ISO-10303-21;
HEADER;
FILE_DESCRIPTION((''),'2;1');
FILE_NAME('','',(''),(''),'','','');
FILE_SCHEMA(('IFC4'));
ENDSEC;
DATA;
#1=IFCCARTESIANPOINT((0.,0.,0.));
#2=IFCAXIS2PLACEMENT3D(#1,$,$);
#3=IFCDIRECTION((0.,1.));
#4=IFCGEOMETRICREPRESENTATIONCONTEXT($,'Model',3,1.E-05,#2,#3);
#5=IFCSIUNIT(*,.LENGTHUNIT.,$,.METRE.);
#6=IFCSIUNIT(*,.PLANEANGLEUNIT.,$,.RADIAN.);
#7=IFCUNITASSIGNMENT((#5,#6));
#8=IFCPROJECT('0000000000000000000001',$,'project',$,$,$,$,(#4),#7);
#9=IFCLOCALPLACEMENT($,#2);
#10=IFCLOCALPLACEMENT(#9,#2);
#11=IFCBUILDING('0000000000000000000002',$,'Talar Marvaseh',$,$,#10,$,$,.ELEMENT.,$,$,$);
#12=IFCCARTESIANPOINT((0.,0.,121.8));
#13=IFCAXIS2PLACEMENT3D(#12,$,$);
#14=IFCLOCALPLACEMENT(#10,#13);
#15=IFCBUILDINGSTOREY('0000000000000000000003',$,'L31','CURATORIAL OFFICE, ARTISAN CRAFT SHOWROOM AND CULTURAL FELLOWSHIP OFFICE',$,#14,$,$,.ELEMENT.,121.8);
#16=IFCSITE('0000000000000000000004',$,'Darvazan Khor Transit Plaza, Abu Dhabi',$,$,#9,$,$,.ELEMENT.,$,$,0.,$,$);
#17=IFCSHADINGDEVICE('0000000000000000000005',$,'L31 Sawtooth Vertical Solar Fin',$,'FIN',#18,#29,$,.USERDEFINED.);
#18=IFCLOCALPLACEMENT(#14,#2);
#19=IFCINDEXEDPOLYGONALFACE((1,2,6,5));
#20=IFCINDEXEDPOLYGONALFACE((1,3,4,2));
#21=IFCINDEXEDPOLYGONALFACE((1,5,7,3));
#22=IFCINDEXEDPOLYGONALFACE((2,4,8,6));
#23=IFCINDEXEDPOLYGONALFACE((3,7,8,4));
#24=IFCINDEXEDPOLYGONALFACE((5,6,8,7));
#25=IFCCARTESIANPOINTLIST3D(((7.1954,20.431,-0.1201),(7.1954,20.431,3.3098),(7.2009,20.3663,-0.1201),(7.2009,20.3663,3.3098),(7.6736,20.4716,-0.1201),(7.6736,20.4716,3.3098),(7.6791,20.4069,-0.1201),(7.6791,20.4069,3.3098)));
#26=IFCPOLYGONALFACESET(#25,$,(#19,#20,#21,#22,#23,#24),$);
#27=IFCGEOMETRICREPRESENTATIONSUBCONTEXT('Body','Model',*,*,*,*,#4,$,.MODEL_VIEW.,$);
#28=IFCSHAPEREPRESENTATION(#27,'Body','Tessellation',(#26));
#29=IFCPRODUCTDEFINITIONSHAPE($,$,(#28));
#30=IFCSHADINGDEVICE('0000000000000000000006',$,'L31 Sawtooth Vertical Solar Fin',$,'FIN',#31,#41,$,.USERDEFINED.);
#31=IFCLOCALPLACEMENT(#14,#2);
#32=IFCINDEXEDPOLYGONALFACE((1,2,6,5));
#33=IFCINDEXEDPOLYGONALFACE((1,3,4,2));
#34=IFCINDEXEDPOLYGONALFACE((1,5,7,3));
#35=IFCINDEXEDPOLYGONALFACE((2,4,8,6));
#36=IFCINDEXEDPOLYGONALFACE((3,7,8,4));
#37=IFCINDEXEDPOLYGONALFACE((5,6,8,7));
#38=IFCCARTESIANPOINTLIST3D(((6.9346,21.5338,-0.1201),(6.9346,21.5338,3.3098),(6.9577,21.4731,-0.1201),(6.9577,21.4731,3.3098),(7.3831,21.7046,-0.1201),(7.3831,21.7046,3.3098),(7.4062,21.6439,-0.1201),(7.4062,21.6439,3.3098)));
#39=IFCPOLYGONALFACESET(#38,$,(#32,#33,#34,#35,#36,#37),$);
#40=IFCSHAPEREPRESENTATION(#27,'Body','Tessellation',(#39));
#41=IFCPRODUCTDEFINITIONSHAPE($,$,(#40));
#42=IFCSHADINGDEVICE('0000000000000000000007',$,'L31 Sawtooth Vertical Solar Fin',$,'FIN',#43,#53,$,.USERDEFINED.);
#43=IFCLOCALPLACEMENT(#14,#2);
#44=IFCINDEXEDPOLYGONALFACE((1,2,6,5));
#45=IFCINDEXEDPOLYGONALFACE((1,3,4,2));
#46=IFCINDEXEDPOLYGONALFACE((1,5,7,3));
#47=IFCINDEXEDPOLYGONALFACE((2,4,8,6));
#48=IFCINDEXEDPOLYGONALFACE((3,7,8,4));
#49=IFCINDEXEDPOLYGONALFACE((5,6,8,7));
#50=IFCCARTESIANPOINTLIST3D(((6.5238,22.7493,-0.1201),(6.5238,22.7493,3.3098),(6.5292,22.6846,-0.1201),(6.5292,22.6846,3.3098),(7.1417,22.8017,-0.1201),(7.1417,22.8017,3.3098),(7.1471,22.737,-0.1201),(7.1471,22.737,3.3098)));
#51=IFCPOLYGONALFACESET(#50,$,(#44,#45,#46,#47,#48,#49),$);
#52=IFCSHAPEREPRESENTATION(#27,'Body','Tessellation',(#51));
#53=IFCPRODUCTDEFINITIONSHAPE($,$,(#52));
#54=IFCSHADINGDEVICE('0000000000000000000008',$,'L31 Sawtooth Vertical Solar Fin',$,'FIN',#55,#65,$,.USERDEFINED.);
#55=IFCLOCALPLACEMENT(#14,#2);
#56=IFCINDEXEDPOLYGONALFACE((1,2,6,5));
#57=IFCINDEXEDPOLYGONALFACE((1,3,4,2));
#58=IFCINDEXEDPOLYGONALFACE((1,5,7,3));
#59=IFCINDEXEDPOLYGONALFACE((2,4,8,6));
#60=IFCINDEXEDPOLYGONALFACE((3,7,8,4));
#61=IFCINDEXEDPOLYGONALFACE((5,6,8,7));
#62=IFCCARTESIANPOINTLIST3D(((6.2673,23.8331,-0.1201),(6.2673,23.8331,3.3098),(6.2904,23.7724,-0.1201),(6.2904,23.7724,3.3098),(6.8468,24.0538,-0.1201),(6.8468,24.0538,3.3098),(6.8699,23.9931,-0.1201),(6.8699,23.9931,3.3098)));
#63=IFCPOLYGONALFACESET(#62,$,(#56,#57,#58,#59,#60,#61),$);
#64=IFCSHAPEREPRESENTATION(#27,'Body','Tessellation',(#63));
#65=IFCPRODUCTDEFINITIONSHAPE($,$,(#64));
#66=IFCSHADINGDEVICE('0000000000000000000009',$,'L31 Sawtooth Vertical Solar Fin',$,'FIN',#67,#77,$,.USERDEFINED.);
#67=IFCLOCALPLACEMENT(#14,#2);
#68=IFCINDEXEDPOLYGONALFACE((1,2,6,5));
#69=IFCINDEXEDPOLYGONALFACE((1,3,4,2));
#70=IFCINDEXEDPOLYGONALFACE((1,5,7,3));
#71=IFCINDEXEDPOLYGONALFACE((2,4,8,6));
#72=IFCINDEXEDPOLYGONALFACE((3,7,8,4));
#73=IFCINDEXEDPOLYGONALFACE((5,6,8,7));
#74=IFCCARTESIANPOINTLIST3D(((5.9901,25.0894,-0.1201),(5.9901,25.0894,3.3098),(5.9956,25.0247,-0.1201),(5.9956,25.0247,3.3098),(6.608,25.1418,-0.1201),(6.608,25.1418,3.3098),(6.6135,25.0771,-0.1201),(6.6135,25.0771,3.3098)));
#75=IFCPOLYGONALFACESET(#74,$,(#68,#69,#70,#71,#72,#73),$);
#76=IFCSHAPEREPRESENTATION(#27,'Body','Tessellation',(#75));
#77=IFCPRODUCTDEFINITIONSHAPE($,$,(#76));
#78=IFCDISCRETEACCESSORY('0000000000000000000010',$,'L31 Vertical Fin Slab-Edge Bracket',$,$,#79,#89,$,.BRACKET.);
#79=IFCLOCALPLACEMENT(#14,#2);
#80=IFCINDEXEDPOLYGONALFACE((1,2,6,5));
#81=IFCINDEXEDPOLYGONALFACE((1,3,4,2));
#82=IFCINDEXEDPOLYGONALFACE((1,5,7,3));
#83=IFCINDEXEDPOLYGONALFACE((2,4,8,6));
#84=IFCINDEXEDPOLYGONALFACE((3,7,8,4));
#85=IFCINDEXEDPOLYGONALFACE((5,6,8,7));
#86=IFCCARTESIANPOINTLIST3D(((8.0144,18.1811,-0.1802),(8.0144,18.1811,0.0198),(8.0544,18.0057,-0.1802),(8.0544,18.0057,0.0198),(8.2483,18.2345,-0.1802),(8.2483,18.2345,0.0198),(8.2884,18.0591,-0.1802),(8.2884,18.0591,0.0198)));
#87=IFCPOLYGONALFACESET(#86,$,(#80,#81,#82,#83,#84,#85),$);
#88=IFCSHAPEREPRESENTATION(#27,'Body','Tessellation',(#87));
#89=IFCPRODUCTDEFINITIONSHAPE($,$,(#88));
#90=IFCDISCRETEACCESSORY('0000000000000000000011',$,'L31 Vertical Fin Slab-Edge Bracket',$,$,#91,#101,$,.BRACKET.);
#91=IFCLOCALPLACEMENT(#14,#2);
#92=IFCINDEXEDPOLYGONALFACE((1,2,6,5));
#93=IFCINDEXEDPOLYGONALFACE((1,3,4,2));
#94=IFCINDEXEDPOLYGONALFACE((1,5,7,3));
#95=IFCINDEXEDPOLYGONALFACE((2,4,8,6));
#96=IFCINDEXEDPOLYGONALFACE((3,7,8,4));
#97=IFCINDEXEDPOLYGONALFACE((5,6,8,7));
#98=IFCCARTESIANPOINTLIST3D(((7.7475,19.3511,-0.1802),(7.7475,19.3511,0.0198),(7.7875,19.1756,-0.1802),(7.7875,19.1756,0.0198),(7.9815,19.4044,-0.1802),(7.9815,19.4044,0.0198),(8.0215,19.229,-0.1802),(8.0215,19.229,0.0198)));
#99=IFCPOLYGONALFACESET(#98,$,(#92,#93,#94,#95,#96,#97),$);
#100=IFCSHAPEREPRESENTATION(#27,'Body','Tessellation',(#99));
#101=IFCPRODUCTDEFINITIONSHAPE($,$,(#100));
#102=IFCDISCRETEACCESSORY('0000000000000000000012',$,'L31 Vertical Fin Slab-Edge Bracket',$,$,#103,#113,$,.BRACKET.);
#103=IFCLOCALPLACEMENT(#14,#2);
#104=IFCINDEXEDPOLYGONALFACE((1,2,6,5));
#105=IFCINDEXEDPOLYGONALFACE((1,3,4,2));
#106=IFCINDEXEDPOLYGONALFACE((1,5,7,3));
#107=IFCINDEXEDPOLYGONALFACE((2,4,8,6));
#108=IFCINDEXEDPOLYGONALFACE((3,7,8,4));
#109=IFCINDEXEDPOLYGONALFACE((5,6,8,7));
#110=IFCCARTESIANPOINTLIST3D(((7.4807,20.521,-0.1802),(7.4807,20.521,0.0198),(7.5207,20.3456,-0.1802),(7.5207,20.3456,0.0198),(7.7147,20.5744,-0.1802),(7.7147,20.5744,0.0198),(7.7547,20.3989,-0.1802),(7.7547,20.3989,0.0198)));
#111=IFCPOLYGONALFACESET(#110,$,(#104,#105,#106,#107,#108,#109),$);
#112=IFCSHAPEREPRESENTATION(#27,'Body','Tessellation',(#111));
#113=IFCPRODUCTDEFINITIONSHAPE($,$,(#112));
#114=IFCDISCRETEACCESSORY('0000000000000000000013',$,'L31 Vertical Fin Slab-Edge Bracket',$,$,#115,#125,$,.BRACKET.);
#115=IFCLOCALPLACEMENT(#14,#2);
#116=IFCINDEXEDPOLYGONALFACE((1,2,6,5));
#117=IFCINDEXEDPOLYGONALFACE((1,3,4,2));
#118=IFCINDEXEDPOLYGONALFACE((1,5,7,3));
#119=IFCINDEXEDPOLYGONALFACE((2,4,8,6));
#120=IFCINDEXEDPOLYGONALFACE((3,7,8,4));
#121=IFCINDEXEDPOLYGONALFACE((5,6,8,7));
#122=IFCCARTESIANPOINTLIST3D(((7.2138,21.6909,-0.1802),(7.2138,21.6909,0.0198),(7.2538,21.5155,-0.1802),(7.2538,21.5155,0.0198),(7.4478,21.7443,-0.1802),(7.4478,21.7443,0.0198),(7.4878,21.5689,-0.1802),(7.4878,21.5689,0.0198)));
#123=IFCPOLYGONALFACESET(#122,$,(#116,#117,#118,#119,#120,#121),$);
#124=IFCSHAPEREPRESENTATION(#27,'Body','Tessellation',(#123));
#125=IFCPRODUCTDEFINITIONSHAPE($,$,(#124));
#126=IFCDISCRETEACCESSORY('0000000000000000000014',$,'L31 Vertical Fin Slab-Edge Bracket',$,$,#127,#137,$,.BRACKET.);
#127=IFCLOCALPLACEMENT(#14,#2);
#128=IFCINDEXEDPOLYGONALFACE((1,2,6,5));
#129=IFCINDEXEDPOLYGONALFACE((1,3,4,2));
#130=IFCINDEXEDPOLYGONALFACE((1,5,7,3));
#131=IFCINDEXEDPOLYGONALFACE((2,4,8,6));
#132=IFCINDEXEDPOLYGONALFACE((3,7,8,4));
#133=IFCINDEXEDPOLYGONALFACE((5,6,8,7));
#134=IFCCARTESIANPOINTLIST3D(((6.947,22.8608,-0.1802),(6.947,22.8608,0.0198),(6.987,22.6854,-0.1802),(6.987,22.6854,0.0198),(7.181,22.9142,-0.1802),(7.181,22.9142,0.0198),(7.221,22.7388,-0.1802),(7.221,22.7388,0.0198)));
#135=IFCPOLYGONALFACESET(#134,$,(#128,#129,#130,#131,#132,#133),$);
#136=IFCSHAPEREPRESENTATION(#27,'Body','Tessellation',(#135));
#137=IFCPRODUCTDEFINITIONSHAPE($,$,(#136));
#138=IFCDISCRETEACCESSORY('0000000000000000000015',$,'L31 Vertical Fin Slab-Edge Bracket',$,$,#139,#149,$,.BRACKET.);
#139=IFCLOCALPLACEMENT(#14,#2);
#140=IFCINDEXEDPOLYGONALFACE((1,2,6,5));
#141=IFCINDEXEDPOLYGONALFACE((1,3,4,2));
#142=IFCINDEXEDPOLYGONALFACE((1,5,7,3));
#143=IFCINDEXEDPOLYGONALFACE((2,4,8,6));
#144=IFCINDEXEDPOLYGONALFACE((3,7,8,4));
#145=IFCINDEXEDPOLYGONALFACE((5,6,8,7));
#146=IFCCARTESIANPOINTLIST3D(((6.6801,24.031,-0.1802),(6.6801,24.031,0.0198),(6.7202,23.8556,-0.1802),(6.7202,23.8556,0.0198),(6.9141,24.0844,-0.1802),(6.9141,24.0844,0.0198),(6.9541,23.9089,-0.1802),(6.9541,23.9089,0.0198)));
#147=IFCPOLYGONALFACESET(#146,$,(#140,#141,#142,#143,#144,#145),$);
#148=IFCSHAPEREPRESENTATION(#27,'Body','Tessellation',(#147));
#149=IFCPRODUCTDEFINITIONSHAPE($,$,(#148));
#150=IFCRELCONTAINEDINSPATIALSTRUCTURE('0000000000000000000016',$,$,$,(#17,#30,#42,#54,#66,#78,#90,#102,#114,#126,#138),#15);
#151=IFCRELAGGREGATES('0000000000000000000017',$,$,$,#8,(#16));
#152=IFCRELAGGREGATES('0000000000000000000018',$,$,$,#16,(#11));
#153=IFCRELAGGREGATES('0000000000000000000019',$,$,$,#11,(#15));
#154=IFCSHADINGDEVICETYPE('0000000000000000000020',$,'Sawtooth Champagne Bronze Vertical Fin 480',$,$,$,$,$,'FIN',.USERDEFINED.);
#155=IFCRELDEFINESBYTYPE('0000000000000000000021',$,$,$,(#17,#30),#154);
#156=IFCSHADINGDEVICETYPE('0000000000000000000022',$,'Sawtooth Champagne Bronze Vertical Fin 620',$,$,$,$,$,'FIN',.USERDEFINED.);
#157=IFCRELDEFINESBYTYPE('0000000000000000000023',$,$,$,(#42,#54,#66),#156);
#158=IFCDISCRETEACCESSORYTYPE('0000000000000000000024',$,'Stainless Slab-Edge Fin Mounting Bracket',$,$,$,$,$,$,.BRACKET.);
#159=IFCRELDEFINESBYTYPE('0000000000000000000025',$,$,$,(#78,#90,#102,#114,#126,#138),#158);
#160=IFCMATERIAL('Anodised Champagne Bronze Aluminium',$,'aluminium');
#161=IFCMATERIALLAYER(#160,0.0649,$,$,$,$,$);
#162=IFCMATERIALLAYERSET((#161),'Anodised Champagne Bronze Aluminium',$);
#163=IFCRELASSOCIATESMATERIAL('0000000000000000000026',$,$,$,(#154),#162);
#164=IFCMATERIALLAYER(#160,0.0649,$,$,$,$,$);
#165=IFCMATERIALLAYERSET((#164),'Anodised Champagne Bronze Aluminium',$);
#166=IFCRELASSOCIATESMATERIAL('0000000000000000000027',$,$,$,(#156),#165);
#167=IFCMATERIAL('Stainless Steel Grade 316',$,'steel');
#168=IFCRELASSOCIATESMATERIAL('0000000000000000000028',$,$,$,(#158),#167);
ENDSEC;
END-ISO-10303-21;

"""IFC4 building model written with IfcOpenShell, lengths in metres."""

from ifc_helpers import new_model, si_unit, direction, frame, origin, origin_2d, place, context, subcontext, project, spatial, rectangle, extrude, source, transform, mapped, material, layer, layer_set, type_object, type_shapes, element, save


model = new_model("IFC4")

# Units and contexts
model_context = context("Model", 3, precision=1e-05, world=origin(), true_north=direction((0.0, 1.0)))
body_context = subcontext(model_context, "Body", "Model", "MODEL_VIEW")
ifc_project = project(units=[si_unit("LENGTHUNIT", "METRE"), si_unit("PLANEANGLEUNIT", "RADIAN")], contexts=[model_context])

# Site, building, storey
site_placement = place(None, origin())
site = spatial("IfcSite", under=ifc_project, at=site_placement, Name="Darvazan Khor Transit Plaza, Abu Dhabi", CompositionType="ELEMENT", RefElevation=0.0)
building_placement = place(site_placement, origin())
building = spatial("IfcBuilding", under=site, at=building_placement, Name="Talar Marvaseh", CompositionType="ELEMENT")
storey_placement = place(building_placement, frame((0.0, 0.0, 121.8)))
storey = spatial("IfcBuildingStorey", under=building, at=storey_placement, Name="L31", Description="CURATORIAL OFFICE, ARTISAN CRAFT SHOWROOM AND CULTURAL FELLOWSHIP OFFICE", CompositionType="ELEMENT", Elevation=121.8)

# Shading devices
ifc_material_1 = material(Name="Anodised Champagne Bronze Aluminium", Category="aluminium")
ifc_layer_1 = layer(ifc_material_1, 0.0649)
ifc_layer_set_1 = layer_set([ifc_layer_1], Name="Anodised Champagne Bronze Aluminium")
shading_device_type_1 = type_object("IfcShadingDeviceType", Name="Sawtooth Champagne Bronze Vertical Fin 480", ElementType="FIN", PredefinedType="USERDEFINED", material=ifc_layer_set_1)
shared_shape_1 = source(origin(), body_context, "Body", "SweptSolid", [
    extrude(rectangle(XDim=0.48, YDim=0.0649, at=origin_2d()), origin(), (0.0, 0.0, 1.0), 3.4299),
])
type_shapes(shading_device_type_1, [shared_shape_1])
for number, where, z_axis, x_axis, name in (
    (1, (7.4373, 20.4189, -0.1201), (0.0, 0.0, 1.0), (-0.996419, -0.084547, 0.0), "L31 Sawtooth Vertical Solar Fin"),
    (2, (7.1704, 21.5889, -0.1201), (0.0, 0.0, 1.0), (-0.934515, -0.355923, 0.0), "L31 Sawtooth Vertical Solar Fin"),
):
    element("IfcShadingDevice", number, at=place(storey_placement, frame(where, z_axis=z_axis, x_axis=x_axis)), inside=storey, type_object=shading_device_type_1, Name=name, ObjectType="FIN", PredefinedType="USERDEFINED", context=body_context, shape_type="MappedRepresentation", body=[
        mapped(shared_shape_1, transform((0.0, 0.0, 0.0), x_axis=(1.0, 0.0, 0.0), y_axis=(0.0, 1.0, 0.0), z_axis=(0.0, 0.0, 1.0), scale=1.0)),
    ])
ifc_layer_2 = layer(ifc_material_1, 0.0649)
ifc_layer_set_2 = layer_set([ifc_layer_2], Name="Anodised Champagne Bronze Aluminium")
shading_device_type_2 = type_object("IfcShadingDeviceType", Name="Sawtooth Champagne Bronze Vertical Fin 620", ElementType="FIN", PredefinedType="USERDEFINED", material=ifc_layer_set_2)
shared_shape_2 = source(origin(), body_context, "Body", "SweptSolid", [
    extrude(rectangle(XDim=0.6201, YDim=0.0649, at=origin_2d()), origin(), (0.0, 0.0, 1.0), 3.4299),
])
type_shapes(shading_device_type_2, [shared_shape_2])
for number, where, z_axis, x_axis, name in (
    (3, (6.8354, 22.7432, -0.1201), (0.0, 0.0, 1.0), (-0.996419, -0.084547, 0.0), "L31 Sawtooth Vertical Solar Fin"),
    (4, (6.5686, 23.9131, -0.1201), (0.0, 0.0, 1.0), (-0.934515, -0.355923, 0.0), "L31 Sawtooth Vertical Solar Fin"),
    (5, (6.3018, 25.0833, -0.1201), (0.0, 0.0, 1.0), (-0.996419, -0.084547, 0.0), "L31 Sawtooth Vertical Solar Fin"),
):
    element("IfcShadingDevice", number, at=place(storey_placement, frame(where, z_axis=z_axis, x_axis=x_axis)), inside=storey, type_object=shading_device_type_2, Name=name, ObjectType="FIN", PredefinedType="USERDEFINED", context=body_context, shape_type="MappedRepresentation", body=[
        mapped(shared_shape_2, transform((0.0, 0.0, 0.0), x_axis=(1.0, 0.0, 0.0), y_axis=(0.0, 1.0, 0.0), z_axis=(0.0, 0.0, 1.0), scale=1.0)),
    ])

# Discrete accessories
ifc_material_2 = material(Name="Stainless Steel Grade 316", Category="steel")
discrete_accessory_type = type_object("IfcDiscreteAccessoryType", Name="Stainless Slab-Edge Fin Mounting Bracket", PredefinedType="BRACKET", material=ifc_material_2)
shared_shape_3 = source(origin(), body_context, "Body", "SweptSolid", [
    extrude(rectangle(XDim=0.24, YDim=0.1799, at=origin_2d()), origin(), (0.0, 0.0, 1.0), 0.2),
])
type_shapes(discrete_accessory_type, [shared_shape_3])
for number, where, z_axis, x_axis, name in (
    (6, (8.1514, 18.1201, -0.1802), (0.0, 0.0, 1.0), (-0.974956, -0.222399, 0.0), "L31 Vertical Fin Slab-Edge Bracket"),
    (7, (7.8845, 19.29, -0.1802), (0.0, 0.0, 1.0), (-0.974956, -0.222399, 0.0), "L31 Vertical Fin Slab-Edge Bracket"),
    (8, (7.6177, 20.46, -0.1802), (0.0, 0.0, 1.0), (-0.974956, -0.222399, 0.0), "L31 Vertical Fin Slab-Edge Bracket"),
    (9, (7.3508, 21.6299, -0.1802), (0.0, 0.0, 1.0), (-0.974956, -0.222399, 0.0), "L31 Vertical Fin Slab-Edge Bracket"),
    (10, (7.084, 22.7998, -0.1802), (0.0, 0.0, 1.0), (-0.974956, -0.222399, 0.0), "L31 Vertical Fin Slab-Edge Bracket"),
    (11, (6.8171, 23.97, -0.1802), (0.0, 0.0, 1.0), (-0.974956, -0.222399, 0.0), "L31 Vertical Fin Slab-Edge Bracket"),
):
    element("IfcDiscreteAccessory", number, at=place(storey_placement, frame(where, z_axis=z_axis, x_axis=x_axis)), inside=storey, type_object=discrete_accessory_type, Name=name, PredefinedType="BRACKET", context=body_context, shape_type="MappedRepresentation", body=[
        mapped(shared_shape_3, transform((0.0, 0.0, 0.0), x_axis=(1.0, 0.0, 0.0), y_axis=(0.0, 1.0, 0.0), z_axis=(0.0, 0.0, 1.0), scale=1.0)),
    ])

save(model, "model.ifc")
